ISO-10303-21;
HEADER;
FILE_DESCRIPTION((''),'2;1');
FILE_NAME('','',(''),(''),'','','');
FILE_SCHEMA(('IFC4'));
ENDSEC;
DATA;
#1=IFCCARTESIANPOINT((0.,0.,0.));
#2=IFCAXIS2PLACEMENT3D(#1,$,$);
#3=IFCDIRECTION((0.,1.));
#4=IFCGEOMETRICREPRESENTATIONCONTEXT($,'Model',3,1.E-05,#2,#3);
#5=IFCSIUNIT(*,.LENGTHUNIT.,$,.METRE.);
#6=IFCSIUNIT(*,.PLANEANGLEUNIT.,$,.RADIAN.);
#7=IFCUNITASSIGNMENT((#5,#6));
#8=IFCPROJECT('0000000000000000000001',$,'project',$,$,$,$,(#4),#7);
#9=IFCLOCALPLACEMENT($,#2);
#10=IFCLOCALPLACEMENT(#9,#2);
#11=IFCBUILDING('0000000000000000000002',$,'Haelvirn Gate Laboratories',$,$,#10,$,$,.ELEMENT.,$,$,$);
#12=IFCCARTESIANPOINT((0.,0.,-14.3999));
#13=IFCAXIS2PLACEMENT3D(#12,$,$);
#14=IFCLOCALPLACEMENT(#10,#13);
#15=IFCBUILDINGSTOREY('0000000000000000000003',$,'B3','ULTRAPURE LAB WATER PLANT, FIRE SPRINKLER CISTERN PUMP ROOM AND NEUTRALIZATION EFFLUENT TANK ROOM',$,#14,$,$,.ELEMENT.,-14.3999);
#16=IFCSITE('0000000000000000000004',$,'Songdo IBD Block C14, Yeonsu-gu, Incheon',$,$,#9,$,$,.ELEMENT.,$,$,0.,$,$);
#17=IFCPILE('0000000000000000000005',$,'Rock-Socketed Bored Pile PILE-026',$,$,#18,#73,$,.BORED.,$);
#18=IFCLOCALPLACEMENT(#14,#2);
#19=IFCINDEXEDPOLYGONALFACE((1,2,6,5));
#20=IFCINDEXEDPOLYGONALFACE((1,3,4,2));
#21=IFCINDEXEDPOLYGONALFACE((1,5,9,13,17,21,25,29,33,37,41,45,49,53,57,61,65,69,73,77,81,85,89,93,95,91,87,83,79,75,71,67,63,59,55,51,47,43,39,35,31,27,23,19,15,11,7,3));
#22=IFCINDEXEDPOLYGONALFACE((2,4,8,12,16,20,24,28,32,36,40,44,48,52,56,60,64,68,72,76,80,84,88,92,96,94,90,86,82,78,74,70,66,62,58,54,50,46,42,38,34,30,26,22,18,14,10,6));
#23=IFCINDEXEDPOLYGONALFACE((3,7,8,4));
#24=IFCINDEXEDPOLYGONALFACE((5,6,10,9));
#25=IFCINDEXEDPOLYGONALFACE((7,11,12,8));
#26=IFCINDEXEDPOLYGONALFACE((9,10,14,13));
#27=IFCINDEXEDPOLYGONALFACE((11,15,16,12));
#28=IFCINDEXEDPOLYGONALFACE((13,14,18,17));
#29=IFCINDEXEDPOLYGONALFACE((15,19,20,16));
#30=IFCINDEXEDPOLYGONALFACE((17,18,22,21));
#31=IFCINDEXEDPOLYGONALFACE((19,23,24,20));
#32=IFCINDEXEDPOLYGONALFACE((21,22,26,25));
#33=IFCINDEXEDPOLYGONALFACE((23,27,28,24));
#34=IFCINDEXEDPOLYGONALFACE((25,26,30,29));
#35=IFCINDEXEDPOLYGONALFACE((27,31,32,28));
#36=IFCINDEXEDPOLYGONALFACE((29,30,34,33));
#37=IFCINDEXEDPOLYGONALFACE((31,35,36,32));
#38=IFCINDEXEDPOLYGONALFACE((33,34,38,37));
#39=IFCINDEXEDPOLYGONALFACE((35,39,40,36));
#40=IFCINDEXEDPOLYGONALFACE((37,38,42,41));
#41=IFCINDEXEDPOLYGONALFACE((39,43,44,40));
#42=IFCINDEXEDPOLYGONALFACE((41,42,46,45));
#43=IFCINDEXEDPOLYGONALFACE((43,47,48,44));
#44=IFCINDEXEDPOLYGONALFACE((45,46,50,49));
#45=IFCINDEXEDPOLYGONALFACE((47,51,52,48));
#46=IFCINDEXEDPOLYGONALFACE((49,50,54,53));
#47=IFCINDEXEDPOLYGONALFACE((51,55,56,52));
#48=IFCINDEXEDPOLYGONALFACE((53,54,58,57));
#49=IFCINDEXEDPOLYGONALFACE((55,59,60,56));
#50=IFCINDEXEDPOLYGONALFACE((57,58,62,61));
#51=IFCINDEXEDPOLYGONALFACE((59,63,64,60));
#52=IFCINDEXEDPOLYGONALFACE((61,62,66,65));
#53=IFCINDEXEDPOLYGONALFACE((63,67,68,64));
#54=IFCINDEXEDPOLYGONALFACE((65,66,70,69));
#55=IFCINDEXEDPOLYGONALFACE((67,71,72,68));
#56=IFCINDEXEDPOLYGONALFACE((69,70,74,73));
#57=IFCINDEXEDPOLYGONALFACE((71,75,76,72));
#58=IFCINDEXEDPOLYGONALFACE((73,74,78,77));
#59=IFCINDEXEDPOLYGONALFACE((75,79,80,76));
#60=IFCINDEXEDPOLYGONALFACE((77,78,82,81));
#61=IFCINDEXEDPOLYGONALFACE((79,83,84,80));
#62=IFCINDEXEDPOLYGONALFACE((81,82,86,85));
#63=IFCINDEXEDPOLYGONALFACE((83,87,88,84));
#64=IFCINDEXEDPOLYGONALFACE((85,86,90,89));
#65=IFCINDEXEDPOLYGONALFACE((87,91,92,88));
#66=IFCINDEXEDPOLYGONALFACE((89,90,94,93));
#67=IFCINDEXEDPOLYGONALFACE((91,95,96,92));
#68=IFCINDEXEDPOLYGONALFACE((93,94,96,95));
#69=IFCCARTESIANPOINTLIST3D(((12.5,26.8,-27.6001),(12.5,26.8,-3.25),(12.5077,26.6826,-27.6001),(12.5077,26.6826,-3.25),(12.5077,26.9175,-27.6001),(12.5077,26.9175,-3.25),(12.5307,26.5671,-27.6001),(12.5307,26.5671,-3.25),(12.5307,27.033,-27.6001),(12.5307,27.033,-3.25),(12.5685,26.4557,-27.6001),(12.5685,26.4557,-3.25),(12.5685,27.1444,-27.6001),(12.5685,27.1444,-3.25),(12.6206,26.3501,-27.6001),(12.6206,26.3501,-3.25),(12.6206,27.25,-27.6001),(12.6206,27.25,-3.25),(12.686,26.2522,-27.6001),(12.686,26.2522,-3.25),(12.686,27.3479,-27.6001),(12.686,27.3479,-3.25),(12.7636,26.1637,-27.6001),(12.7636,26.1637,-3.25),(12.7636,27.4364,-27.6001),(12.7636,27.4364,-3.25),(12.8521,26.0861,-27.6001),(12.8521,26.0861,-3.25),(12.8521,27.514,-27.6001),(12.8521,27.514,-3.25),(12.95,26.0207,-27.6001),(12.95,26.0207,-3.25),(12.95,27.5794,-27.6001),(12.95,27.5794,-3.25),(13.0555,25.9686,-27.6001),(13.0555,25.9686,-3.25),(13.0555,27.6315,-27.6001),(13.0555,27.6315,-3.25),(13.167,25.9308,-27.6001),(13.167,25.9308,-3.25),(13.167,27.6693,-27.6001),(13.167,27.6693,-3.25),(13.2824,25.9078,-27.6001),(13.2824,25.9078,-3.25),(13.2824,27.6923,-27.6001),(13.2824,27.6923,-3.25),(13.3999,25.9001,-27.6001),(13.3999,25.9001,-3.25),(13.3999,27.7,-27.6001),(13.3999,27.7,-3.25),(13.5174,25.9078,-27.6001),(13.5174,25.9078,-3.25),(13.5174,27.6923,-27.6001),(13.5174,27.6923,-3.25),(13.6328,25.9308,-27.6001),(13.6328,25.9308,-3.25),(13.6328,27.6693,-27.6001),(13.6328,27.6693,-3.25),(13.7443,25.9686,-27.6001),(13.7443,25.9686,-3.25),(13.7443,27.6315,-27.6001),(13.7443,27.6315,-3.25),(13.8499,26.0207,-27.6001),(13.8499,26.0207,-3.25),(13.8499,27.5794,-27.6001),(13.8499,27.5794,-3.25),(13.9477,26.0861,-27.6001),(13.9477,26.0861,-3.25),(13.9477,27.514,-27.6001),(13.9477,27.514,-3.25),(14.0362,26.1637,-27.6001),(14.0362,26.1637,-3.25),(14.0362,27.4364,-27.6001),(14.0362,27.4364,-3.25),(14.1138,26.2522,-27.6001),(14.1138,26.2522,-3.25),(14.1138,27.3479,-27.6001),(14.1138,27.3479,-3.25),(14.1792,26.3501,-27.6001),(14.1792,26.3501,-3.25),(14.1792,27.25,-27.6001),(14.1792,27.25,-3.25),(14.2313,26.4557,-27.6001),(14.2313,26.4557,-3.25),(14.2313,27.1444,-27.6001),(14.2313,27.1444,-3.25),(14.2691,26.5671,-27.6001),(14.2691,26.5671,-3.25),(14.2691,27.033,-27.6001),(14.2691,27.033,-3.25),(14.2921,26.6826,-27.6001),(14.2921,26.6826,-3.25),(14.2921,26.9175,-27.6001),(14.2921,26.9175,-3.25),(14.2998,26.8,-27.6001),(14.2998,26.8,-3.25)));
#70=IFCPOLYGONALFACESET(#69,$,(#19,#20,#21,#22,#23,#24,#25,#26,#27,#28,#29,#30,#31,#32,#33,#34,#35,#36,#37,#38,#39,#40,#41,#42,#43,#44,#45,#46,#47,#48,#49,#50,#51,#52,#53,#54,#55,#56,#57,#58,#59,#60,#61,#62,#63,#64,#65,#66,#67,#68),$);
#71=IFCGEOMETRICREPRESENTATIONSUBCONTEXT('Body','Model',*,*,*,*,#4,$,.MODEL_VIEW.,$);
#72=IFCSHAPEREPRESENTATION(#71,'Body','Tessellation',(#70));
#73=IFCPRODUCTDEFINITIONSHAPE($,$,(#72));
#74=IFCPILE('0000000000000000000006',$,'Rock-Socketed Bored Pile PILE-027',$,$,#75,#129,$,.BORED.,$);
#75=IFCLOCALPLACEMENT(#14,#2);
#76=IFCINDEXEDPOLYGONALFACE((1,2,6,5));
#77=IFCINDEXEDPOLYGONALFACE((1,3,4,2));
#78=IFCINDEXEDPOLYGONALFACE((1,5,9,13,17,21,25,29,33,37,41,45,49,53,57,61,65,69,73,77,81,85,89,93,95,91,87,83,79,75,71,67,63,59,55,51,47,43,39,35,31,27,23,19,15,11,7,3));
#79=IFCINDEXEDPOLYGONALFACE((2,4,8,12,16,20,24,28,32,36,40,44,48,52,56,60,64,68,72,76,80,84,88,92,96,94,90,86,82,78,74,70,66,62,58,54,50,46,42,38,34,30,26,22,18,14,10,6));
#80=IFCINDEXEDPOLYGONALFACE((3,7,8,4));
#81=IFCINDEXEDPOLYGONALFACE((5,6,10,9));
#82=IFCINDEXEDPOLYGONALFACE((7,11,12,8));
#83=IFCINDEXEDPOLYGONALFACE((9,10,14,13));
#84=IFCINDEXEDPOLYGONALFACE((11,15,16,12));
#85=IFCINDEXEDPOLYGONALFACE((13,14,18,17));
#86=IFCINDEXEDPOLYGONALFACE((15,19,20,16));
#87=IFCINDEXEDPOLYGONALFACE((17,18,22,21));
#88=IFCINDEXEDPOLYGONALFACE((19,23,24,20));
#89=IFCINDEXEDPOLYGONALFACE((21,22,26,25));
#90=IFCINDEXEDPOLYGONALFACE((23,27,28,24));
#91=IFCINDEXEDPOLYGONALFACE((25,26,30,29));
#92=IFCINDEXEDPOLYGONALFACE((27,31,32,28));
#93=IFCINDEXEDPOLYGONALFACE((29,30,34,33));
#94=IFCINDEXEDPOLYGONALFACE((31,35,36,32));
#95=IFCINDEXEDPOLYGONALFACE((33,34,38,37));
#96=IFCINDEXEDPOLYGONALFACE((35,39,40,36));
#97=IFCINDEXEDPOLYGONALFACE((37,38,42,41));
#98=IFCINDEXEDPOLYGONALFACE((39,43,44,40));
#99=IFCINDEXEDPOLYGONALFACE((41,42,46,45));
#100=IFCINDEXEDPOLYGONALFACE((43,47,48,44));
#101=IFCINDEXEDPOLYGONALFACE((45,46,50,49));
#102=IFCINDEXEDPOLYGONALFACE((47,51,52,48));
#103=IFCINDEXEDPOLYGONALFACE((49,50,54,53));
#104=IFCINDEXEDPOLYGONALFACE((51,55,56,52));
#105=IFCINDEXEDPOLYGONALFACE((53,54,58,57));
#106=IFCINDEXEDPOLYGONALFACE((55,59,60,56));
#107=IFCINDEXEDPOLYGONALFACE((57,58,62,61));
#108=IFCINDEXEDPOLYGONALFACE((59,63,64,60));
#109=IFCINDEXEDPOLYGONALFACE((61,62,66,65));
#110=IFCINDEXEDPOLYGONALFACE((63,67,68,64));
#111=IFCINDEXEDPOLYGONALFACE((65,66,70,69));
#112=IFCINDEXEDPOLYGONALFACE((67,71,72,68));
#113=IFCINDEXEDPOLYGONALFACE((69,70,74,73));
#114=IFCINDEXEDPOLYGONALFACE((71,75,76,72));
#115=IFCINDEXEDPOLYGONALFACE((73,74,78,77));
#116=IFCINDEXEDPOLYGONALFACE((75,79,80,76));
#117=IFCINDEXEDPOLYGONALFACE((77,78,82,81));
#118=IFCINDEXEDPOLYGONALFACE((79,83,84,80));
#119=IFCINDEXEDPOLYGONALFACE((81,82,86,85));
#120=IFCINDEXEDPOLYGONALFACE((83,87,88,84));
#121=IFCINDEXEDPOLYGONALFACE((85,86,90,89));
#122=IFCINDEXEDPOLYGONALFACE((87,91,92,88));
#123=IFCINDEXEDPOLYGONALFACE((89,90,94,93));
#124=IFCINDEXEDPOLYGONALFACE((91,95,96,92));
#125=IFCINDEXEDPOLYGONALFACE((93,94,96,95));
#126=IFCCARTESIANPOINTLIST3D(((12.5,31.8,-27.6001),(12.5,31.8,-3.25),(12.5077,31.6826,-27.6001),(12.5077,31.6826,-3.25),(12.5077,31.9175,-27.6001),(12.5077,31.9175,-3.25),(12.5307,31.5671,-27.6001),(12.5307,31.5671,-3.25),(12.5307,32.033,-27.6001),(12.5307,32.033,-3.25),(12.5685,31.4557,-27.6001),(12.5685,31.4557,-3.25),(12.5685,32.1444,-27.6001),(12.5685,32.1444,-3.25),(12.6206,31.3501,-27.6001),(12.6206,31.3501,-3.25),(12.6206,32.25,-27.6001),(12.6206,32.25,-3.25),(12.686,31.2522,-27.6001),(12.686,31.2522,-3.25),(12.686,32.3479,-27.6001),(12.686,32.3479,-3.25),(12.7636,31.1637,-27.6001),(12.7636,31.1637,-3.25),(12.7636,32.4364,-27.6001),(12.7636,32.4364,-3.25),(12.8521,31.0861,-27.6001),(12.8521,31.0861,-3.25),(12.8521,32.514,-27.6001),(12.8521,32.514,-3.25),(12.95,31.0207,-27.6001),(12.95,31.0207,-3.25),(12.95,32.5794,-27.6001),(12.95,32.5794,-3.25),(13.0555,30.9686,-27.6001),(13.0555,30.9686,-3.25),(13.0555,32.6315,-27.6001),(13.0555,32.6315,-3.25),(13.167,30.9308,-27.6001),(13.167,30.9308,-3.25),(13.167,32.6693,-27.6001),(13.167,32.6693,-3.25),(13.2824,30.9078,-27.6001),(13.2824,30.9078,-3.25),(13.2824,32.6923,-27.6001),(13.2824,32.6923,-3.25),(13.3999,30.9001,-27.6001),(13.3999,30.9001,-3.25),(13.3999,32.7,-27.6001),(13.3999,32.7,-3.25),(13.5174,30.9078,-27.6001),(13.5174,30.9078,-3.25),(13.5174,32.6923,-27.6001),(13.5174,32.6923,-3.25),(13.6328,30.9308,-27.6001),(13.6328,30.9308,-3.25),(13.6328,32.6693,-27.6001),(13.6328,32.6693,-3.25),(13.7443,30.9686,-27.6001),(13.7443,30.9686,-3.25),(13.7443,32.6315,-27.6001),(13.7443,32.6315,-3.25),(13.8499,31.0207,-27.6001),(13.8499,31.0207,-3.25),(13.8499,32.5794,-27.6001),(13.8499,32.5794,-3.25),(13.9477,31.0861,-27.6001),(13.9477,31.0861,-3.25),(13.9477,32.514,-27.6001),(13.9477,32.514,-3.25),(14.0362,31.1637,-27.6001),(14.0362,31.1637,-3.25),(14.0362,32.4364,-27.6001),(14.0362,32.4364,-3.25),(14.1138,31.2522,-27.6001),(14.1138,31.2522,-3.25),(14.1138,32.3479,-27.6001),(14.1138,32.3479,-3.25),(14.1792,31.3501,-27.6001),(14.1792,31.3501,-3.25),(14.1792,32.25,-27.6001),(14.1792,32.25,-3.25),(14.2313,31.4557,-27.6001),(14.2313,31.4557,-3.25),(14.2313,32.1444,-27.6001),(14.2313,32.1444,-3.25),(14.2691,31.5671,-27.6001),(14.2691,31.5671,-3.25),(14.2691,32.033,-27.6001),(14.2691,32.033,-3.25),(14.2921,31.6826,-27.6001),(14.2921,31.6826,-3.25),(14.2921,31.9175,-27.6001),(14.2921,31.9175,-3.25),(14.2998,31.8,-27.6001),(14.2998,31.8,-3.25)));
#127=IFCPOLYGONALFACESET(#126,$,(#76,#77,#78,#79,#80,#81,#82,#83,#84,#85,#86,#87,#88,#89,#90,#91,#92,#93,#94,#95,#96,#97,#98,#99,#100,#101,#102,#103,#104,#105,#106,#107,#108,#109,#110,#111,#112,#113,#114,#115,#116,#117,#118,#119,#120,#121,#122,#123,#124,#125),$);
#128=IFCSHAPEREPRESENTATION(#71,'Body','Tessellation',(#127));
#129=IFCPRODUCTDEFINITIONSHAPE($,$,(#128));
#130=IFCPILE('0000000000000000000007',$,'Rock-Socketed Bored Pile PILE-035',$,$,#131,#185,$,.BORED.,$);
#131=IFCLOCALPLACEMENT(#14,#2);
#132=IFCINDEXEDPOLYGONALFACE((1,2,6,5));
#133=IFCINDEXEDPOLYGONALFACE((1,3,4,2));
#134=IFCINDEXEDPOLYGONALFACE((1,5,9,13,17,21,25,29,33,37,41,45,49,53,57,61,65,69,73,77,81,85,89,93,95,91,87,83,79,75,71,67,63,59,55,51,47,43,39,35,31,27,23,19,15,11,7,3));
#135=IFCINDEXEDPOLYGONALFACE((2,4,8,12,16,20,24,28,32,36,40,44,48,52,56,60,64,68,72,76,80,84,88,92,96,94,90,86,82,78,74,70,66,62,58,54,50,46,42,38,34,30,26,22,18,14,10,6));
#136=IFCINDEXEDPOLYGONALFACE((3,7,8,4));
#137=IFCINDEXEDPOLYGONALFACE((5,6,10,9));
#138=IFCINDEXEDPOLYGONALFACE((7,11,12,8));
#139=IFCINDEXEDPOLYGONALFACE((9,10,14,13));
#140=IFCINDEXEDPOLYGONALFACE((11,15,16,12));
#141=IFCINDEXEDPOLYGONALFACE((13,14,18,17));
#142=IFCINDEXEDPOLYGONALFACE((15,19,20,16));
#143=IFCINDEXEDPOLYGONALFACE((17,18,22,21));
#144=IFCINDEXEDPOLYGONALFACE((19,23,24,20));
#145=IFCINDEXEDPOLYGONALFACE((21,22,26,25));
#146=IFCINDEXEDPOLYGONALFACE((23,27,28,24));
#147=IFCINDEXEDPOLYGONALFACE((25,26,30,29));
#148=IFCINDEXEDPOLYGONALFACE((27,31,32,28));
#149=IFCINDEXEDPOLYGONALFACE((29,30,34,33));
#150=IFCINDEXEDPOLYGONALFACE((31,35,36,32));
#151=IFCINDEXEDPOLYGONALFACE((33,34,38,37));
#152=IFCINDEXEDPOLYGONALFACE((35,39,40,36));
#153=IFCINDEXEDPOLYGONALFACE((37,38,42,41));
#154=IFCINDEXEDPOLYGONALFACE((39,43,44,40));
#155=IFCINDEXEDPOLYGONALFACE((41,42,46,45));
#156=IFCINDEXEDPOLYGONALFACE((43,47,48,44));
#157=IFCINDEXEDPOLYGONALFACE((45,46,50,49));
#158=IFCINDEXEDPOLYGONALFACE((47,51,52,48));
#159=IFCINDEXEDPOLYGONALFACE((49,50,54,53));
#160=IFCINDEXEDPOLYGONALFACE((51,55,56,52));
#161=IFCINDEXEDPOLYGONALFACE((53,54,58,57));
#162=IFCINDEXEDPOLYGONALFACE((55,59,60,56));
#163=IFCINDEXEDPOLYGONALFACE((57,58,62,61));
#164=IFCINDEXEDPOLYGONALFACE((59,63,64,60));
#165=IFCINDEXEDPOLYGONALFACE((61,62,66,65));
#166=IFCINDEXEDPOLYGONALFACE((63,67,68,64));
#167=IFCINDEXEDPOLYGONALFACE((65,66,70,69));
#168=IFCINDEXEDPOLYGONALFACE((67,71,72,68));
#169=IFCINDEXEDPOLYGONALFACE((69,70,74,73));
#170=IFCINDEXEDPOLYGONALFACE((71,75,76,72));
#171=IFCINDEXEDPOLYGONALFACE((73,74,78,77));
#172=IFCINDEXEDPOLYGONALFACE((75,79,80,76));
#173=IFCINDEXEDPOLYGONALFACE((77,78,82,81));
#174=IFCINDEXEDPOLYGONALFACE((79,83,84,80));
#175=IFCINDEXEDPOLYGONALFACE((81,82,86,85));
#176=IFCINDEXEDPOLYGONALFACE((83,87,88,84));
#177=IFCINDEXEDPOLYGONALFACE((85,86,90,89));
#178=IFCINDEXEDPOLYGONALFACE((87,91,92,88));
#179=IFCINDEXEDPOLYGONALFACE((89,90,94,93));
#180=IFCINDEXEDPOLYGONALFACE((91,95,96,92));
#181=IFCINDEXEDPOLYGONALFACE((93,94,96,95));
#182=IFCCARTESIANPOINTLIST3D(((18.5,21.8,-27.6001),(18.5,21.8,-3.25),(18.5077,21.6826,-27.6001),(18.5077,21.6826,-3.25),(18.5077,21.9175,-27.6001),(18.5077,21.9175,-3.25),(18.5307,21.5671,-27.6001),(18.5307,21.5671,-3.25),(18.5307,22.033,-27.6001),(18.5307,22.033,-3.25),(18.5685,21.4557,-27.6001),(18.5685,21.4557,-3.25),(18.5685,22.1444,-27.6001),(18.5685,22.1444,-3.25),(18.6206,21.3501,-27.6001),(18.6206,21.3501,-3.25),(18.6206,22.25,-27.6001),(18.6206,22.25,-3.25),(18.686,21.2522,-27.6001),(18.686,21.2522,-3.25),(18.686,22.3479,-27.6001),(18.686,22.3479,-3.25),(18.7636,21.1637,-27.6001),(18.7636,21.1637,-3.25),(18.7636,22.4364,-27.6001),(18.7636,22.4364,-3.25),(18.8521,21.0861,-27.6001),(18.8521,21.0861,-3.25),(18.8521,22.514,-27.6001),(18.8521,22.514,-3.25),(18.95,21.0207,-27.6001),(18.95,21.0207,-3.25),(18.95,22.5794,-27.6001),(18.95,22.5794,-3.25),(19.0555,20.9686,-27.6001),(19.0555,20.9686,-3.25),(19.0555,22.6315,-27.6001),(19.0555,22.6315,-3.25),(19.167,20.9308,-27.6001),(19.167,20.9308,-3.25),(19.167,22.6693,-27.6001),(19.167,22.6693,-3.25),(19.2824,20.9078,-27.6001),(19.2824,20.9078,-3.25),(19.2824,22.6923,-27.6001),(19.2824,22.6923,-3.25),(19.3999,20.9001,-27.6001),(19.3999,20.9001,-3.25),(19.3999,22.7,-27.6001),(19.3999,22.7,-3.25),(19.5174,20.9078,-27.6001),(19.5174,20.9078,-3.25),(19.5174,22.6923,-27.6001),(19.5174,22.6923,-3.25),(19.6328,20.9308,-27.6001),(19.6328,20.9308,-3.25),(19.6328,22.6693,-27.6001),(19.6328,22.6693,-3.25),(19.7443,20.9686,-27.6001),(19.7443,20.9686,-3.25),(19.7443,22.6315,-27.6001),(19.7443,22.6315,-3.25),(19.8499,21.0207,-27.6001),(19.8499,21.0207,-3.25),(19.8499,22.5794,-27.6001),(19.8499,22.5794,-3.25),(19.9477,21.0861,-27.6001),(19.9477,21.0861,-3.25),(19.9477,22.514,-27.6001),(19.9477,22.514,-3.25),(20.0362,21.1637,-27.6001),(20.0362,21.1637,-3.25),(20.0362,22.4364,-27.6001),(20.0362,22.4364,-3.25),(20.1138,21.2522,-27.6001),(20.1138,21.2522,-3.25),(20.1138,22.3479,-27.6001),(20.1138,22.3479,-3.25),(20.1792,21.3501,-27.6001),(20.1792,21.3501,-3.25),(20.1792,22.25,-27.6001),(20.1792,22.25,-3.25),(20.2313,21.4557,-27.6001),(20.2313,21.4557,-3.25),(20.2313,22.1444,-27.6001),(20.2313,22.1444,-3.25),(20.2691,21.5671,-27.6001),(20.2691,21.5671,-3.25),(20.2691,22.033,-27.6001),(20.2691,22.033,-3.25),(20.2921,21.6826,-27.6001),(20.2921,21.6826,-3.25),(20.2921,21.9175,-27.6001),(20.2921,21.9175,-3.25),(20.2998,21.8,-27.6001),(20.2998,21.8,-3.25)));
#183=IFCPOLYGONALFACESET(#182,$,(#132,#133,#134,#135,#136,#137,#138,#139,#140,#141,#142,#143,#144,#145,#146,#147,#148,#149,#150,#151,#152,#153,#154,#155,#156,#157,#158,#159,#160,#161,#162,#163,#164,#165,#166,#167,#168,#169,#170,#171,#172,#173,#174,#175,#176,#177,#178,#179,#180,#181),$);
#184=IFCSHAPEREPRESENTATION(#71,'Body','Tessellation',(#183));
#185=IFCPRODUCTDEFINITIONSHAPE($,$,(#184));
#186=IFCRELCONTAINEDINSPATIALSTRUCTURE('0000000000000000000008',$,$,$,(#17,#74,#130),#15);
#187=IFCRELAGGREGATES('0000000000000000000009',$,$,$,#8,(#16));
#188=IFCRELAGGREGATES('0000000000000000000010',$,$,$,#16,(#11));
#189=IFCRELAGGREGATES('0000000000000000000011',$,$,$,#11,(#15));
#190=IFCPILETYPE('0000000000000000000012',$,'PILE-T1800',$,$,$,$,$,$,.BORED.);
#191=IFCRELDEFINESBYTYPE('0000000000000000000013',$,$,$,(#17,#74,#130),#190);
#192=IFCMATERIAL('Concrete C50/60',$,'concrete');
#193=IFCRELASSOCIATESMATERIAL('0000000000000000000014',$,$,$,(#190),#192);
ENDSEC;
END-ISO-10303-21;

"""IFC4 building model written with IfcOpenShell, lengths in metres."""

from ifc_helpers import new_model, si_unit, direction, frame, origin, origin_2d, place, context, subcontext, project, spatial, circle, extrude, source, transform, mapped, material, material_profile, profile_set, type_object, element, save


model = new_model("IFC4")

# Units and contexts
model_context = context("Model", 3, precision=1e-05, world=origin(), true_north=direction((0.0, 1.0)))
body_context = subcontext(model_context, "Body", "Model", "MODEL_VIEW")
ifc_project = project(units=[si_unit("LENGTHUNIT", "METRE"), si_unit("PLANEANGLEUNIT", "RADIAN")], contexts=[model_context])

# Site, building, storey
site_placement = place(None, origin())
site = spatial("IfcSite", under=ifc_project, at=site_placement, Name="Songdo IBD Block C14, Yeonsu-gu, Incheon", CompositionType="ELEMENT", RefElevation=0.0)
building_placement = place(site_placement, origin())
building = spatial("IfcBuilding", under=site, at=building_placement, Name="Haelvirn Gate Laboratories", CompositionType="ELEMENT")
storey_placement = place(building_placement, frame((0.0, 0.0, -14.3999)))
storey = spatial("IfcBuildingStorey", under=building, at=storey_placement, Name="B3", Description="ULTRAPURE LAB WATER PLANT, FIRE SPRINKLER CISTERN PUMP ROOM AND NEUTRALIZATION EFFLUENT TANK ROOM", CompositionType="ELEMENT", Elevation=-14.3999)

# Piles
ifc_material_1 = material(Name="Concrete C50/60", Category="concrete")
ifc_material_profile_1 = material_profile(ifc_material_1, circle(Radius=0.8999, at=origin_2d()), Name="PILE-D1800")
ifc_profile_set_1 = profile_set([ifc_material_profile_1], Name="Concrete C50/60")
pile_type_1 = type_object("IfcPileType", Name="PILE-T1800", PredefinedType="BORED", material=ifc_profile_set_1)
shared_shape_1 = source(origin(), body_context, "Body", "SweptSolid", [
    extrude(circle(Radius=0.8999, at=origin_2d()), origin(), (0.0, 0.0, 1.0), 24.3501),
])
for number, where, z_axis, x_axis, name in (
    (1, (13.3999, 26.8, -3.25), (0.0, 0.0, -1.0), (1.0, 0.0, 0.0), "Rock-Socketed Bored Pile PILE-026"),
    (2, (13.3999, 31.8, -3.25), (0.0, 0.0, -1.0), (1.0, 0.0, 0.0), "Rock-Socketed Bored Pile PILE-027"),
    (3, (19.3999, 21.8, -3.25), (0.0, 0.0, -1.0), (1.0, 0.0, 0.0), "Rock-Socketed Bored Pile PILE-035"),
):
    element("IfcPile", number, at=place(storey_placement, frame(where, z_axis=z_axis, x_axis=x_axis)), inside=storey, type_object=pile_type_1, Name=name, PredefinedType="BORED", context=body_context, shape_type="MappedRepresentation", body=[
        mapped(shared_shape_1, transform((0.0, 0.0, 0.0), scale=1.0)),
    ])

save(model, "model.ifc")
